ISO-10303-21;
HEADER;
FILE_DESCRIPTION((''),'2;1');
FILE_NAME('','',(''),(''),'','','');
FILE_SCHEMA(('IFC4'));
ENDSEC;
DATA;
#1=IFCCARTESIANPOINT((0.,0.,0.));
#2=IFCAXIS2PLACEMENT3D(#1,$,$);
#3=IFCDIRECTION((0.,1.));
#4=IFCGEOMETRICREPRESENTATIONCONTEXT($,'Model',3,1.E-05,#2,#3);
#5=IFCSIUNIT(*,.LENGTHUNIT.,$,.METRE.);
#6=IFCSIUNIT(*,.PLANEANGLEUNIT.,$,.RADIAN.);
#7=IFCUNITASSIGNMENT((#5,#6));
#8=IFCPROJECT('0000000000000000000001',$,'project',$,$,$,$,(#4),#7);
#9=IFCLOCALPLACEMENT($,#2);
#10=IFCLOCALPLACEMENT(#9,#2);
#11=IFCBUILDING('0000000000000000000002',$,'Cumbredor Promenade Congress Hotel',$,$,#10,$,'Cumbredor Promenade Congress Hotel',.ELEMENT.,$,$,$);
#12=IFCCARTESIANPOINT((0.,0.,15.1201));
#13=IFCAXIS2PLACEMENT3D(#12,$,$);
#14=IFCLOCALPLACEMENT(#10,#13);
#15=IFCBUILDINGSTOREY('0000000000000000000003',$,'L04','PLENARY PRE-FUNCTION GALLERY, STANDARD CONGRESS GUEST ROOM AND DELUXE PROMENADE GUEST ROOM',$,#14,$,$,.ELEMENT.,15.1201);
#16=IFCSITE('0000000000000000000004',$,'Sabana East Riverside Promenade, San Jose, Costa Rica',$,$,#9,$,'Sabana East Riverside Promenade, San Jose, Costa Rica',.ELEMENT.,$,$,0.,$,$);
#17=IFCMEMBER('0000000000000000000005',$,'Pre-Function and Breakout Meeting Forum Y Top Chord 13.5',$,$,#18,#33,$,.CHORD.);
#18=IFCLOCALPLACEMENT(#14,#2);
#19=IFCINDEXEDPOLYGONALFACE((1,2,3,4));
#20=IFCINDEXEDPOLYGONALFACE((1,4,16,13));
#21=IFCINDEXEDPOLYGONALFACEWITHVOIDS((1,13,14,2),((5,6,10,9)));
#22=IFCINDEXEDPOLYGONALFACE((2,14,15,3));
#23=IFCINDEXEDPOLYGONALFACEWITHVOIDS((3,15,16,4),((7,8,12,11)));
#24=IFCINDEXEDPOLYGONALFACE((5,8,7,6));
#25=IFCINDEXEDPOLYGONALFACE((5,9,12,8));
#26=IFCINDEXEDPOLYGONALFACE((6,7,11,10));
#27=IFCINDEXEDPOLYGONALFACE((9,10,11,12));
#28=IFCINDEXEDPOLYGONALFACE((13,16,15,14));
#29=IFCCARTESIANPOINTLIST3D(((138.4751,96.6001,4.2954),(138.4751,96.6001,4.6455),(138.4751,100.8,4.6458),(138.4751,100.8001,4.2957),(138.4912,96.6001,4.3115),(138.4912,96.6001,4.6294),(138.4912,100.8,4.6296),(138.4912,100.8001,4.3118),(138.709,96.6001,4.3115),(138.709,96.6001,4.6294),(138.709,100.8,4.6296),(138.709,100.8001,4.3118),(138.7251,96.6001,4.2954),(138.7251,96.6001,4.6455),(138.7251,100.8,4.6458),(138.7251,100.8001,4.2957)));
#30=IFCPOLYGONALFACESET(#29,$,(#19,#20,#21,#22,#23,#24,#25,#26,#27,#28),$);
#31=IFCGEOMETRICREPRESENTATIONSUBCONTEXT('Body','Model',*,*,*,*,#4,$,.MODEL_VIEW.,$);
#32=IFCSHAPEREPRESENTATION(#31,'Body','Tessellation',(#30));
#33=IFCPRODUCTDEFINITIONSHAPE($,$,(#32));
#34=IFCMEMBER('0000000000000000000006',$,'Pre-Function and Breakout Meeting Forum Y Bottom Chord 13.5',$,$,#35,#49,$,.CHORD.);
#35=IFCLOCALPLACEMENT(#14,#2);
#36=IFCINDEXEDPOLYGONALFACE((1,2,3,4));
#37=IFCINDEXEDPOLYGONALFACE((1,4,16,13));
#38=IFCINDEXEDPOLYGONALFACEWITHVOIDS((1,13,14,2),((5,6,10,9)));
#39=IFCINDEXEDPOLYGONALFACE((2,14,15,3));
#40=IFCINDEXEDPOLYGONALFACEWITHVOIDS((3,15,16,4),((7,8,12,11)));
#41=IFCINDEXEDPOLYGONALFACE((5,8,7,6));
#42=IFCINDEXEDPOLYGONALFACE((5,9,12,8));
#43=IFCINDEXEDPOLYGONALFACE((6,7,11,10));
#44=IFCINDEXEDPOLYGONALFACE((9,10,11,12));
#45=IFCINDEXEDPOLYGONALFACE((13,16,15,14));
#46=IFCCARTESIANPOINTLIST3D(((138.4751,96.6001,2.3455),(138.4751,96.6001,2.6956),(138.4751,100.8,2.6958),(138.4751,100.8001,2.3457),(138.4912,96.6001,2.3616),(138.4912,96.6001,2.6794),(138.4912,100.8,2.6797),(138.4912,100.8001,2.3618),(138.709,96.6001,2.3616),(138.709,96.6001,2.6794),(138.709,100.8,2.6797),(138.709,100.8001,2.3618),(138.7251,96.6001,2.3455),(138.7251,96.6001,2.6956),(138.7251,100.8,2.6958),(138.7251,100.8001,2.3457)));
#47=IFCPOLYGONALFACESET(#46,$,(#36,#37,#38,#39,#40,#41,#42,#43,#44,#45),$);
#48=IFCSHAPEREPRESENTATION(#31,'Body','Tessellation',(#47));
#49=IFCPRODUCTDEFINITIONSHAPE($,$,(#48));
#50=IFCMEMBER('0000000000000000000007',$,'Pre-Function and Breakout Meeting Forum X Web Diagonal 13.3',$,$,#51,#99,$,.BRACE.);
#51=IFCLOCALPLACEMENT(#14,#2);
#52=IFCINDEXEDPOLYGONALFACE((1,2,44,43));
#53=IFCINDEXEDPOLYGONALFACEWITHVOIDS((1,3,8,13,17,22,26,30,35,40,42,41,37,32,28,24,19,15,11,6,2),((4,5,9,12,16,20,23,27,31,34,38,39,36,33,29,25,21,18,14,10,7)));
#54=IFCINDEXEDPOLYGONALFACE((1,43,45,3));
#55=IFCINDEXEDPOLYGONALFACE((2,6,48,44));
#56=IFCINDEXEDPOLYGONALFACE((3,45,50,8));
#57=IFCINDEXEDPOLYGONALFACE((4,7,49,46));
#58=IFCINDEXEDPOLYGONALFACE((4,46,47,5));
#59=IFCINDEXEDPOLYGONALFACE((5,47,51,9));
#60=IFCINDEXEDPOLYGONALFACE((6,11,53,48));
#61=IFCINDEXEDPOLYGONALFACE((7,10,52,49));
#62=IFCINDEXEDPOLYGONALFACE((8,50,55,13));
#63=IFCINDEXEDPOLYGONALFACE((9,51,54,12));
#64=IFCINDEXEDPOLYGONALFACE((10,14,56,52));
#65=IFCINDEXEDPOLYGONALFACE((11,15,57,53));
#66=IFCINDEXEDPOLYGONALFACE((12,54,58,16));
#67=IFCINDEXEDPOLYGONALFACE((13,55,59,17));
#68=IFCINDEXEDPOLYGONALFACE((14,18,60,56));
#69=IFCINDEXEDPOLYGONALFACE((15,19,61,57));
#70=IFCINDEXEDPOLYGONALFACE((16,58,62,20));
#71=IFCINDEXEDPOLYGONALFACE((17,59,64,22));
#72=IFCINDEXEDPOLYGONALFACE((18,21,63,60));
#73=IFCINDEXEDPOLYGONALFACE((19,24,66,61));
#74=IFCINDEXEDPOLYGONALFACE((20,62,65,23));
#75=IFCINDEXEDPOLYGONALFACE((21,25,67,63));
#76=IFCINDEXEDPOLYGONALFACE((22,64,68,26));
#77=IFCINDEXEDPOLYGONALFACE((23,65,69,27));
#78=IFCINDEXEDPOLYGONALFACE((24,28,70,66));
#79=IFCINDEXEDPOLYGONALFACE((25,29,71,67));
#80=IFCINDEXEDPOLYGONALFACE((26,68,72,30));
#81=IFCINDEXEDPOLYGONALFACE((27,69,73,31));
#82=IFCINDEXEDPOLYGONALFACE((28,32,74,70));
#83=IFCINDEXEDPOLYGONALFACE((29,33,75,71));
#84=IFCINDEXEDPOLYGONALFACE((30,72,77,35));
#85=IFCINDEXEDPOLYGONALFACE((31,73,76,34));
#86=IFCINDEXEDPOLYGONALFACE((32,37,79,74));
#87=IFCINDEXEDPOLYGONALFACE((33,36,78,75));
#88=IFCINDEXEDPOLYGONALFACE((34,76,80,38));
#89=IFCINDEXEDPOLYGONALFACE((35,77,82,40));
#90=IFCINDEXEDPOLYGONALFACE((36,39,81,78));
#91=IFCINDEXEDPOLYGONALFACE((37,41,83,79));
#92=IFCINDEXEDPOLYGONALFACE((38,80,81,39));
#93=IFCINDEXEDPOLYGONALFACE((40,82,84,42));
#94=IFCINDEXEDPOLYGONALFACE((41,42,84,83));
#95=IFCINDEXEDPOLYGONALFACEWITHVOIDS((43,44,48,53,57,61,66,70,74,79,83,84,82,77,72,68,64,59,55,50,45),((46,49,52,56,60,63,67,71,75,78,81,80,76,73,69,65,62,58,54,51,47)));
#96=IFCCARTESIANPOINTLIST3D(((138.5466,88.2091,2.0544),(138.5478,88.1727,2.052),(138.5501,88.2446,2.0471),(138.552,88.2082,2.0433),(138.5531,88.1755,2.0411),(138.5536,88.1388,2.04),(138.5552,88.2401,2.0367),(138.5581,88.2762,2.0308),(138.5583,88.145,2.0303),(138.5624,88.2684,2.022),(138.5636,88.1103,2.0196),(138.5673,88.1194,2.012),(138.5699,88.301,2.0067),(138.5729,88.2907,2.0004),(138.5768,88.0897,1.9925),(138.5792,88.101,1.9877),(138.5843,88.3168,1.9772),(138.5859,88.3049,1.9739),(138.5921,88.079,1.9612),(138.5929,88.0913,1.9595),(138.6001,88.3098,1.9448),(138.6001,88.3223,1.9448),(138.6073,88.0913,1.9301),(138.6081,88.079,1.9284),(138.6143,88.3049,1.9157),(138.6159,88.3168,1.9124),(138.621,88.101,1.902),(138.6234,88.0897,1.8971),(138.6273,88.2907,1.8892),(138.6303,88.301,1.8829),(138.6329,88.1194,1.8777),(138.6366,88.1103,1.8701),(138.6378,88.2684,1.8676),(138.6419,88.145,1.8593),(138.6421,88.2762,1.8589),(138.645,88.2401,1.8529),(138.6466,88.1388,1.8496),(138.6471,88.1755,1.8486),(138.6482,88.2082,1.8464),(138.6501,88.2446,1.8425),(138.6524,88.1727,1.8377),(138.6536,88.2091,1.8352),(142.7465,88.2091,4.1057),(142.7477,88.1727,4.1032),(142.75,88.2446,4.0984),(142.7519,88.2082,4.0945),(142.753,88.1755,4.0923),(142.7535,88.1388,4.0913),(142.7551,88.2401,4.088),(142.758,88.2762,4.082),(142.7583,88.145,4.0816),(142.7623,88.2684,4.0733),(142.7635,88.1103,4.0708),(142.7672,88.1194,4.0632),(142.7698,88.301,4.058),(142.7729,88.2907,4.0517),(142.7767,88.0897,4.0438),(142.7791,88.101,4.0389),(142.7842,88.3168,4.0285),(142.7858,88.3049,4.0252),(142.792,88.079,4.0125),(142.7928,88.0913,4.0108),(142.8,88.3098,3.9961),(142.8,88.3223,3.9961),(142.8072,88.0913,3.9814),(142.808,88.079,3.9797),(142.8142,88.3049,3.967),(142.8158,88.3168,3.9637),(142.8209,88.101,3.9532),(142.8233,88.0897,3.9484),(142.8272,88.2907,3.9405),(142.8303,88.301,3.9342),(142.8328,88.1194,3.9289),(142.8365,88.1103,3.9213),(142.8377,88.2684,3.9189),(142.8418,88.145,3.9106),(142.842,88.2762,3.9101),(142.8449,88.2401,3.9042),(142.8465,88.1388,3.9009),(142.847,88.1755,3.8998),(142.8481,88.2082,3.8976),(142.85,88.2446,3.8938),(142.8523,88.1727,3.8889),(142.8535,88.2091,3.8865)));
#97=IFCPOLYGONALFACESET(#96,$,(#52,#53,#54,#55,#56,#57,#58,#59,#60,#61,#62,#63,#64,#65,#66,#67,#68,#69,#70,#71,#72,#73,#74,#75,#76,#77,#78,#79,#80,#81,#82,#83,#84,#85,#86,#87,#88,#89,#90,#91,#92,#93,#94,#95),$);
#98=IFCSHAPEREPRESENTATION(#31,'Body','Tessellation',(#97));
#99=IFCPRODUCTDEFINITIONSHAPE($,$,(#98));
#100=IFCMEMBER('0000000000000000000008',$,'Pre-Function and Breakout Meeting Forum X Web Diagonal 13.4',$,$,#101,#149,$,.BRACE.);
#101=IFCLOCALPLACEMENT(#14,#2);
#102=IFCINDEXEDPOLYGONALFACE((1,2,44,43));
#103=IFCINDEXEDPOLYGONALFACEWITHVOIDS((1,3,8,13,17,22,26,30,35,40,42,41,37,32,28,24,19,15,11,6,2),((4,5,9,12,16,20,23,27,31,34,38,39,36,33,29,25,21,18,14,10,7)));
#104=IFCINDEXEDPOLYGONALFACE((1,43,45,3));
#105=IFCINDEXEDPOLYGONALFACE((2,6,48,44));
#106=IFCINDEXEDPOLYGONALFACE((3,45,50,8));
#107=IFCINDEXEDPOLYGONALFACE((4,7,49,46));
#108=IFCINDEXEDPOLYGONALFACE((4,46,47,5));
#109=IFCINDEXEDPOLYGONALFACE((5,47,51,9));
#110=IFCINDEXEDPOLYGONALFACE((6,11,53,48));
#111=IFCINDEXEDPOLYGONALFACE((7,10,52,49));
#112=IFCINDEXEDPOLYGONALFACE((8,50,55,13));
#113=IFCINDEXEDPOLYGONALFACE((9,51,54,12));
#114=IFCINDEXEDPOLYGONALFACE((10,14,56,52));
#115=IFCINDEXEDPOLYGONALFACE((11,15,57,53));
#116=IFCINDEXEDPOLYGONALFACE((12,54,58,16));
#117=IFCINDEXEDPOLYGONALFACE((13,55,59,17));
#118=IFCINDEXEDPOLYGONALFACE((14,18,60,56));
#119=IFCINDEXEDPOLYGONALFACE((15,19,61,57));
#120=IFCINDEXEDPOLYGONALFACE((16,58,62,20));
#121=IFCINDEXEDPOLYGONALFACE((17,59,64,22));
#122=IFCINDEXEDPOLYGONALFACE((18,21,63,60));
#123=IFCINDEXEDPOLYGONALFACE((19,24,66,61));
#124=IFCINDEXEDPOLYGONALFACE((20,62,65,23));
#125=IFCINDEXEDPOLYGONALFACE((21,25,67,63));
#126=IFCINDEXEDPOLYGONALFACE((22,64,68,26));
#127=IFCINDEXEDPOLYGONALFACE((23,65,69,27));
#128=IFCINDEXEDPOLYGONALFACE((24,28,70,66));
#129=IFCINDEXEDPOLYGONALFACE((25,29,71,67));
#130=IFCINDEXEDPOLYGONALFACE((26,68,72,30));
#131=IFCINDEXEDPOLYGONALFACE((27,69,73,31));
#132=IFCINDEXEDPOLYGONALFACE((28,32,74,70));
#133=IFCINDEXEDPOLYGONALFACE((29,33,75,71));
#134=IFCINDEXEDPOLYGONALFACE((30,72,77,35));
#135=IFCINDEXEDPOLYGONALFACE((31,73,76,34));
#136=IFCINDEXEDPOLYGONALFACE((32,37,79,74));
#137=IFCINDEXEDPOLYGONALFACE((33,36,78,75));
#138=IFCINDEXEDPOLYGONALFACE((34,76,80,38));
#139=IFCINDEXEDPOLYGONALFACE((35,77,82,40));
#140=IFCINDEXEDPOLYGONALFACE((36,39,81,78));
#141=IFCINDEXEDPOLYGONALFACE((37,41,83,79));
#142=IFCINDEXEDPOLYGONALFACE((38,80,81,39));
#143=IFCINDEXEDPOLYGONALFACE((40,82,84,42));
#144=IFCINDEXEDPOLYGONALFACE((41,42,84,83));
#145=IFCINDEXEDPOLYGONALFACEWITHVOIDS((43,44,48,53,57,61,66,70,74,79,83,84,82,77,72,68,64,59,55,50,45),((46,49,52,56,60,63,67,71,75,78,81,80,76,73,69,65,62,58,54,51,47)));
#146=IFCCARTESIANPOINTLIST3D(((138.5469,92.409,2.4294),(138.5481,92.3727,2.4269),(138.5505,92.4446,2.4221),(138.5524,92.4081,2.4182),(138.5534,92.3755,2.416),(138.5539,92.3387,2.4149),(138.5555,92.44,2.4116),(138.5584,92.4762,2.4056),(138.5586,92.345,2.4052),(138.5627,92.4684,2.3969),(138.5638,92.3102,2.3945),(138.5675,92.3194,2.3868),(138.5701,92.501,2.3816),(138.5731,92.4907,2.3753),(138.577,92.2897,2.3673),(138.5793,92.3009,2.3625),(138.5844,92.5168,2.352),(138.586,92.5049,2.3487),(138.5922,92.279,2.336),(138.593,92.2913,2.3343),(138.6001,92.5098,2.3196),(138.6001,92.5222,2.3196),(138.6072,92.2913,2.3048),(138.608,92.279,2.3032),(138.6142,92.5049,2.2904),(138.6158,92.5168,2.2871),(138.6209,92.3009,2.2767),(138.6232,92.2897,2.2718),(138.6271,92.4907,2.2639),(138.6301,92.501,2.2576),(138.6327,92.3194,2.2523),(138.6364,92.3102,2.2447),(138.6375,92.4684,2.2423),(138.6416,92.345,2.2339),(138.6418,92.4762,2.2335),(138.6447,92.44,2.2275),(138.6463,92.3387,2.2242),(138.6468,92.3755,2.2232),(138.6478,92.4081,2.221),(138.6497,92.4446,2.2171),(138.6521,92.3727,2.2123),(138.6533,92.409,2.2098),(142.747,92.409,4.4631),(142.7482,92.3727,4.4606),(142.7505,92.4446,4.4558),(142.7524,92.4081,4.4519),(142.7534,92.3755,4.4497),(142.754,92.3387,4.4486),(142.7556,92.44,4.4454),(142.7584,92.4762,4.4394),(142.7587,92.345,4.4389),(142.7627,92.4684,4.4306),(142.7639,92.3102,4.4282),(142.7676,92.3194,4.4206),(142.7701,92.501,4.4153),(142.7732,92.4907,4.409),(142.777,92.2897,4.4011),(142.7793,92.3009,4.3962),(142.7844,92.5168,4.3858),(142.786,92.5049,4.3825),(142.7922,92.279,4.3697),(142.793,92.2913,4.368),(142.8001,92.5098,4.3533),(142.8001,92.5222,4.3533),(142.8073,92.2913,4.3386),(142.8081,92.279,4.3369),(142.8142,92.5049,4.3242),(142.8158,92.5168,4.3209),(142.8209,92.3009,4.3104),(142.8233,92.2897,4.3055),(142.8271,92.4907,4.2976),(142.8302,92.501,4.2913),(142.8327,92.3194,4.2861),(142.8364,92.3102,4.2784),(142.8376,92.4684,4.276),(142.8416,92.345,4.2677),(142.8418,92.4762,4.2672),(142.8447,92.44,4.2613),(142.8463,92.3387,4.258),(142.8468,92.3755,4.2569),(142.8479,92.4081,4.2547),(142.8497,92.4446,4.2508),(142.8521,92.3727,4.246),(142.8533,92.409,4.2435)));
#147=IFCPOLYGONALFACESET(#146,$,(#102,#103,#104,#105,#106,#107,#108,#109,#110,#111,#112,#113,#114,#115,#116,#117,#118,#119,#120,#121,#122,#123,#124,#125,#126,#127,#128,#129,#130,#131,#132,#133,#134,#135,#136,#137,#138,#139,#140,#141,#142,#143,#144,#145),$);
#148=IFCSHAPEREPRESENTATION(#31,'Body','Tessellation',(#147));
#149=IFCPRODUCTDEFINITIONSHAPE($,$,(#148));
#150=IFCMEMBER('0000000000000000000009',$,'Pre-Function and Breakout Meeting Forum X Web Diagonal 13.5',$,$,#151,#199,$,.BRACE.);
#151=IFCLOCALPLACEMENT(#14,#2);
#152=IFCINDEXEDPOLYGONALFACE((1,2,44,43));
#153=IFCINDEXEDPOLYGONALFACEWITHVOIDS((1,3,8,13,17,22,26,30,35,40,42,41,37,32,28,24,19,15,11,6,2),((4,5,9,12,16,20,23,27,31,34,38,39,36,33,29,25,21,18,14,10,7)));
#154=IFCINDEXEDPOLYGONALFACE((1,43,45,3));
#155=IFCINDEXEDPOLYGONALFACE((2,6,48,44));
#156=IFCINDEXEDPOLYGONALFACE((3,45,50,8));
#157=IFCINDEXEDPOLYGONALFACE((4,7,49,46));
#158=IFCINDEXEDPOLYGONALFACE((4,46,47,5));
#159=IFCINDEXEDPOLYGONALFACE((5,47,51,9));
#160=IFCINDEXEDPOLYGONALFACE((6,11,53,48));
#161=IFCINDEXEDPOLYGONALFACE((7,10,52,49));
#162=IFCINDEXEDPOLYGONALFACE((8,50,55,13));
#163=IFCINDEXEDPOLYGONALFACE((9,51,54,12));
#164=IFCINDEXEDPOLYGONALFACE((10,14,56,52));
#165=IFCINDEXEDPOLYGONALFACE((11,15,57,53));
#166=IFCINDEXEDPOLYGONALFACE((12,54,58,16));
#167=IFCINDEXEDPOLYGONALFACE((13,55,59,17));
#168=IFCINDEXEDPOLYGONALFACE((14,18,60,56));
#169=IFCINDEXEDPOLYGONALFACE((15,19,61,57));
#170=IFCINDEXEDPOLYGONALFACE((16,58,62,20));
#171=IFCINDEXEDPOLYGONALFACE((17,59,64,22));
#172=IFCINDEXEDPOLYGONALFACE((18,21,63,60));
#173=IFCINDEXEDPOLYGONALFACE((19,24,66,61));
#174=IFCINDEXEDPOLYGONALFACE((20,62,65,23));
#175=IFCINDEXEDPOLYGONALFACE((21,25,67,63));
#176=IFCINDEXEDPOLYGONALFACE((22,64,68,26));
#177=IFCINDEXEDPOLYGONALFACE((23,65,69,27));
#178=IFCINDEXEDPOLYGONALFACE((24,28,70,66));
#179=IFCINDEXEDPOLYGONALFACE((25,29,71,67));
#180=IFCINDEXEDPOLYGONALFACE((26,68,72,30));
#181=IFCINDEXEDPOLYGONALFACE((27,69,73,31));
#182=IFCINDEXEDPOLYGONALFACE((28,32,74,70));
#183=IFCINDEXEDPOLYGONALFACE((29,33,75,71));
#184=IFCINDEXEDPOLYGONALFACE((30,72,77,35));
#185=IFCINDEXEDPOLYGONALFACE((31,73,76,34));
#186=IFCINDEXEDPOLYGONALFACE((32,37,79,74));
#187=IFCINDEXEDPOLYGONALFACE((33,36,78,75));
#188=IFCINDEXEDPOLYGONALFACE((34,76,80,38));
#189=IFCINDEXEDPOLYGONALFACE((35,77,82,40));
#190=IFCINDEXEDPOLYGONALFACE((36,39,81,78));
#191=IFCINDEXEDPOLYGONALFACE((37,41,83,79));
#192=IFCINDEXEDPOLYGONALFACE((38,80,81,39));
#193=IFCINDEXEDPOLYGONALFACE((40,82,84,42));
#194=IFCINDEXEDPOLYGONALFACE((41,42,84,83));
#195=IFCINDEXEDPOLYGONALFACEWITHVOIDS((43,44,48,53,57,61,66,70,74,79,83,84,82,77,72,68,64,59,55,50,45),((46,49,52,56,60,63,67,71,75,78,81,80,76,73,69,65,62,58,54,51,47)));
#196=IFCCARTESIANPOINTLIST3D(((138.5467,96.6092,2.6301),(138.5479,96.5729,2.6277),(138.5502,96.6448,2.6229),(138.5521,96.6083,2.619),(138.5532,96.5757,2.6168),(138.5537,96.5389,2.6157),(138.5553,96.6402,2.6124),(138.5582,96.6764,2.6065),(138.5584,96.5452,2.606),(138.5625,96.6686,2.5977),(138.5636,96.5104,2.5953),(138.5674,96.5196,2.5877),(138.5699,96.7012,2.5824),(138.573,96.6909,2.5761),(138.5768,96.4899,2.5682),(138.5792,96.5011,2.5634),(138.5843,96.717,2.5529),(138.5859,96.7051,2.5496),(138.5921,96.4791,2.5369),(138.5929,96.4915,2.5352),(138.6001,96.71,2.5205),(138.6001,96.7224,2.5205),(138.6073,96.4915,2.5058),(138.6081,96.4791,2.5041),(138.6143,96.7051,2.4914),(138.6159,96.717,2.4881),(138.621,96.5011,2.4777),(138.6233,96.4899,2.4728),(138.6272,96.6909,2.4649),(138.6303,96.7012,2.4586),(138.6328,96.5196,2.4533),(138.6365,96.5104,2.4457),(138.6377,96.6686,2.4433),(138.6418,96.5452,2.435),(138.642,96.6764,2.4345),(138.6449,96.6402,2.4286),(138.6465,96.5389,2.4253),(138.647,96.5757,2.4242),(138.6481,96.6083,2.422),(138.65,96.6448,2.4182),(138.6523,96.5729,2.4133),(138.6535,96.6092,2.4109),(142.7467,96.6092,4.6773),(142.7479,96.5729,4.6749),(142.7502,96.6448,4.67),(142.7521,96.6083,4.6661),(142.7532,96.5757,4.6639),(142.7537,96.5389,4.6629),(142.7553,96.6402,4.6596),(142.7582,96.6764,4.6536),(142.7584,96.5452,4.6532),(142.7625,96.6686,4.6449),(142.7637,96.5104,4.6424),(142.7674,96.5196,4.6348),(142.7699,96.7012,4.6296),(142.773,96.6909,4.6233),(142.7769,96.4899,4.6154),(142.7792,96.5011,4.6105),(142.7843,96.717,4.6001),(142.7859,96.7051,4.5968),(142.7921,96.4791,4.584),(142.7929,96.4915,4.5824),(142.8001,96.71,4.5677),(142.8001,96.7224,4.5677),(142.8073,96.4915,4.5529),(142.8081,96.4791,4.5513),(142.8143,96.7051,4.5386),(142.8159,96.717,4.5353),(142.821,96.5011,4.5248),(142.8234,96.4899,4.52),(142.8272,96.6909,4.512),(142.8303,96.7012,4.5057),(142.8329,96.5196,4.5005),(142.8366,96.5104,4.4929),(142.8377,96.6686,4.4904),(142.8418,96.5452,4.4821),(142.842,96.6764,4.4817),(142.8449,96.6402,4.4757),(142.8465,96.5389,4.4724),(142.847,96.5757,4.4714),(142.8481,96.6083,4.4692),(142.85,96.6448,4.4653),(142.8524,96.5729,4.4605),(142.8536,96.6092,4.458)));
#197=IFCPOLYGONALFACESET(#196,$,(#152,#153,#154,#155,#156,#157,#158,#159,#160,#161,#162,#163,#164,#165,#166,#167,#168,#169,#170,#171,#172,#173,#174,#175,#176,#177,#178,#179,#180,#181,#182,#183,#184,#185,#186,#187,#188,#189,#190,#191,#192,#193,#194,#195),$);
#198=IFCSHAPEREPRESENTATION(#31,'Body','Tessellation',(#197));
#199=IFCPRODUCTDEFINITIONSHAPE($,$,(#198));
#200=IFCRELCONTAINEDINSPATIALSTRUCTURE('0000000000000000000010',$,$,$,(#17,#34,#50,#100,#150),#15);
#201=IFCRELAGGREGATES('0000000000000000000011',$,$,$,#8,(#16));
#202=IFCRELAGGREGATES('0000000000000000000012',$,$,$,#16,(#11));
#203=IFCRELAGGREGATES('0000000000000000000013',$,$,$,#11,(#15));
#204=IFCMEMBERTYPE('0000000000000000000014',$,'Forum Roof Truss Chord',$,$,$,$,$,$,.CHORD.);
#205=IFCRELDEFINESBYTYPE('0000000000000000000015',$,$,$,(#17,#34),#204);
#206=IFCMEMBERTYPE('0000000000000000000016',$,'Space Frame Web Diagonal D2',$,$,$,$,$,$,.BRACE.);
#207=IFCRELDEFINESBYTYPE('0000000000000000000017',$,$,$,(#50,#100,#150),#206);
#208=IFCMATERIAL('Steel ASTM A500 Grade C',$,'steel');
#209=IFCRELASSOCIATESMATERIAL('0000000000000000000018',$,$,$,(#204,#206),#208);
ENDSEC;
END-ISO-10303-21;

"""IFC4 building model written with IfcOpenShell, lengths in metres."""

from ifc_helpers import new_model, si_unit, direction, frame, origin, origin_2d, place, context, subcontext, project, spatial, hollow_rectangle, hollow_circle, extrude, material, material_profile, profile_set, type_object, element, save


model = new_model("IFC4")

# Units and contexts
model_context = context("Model", 3, precision=1e-05, world=origin(), true_north=direction((0.0, 1.0)))
body_context = subcontext(model_context, "Body", "Model", "MODEL_VIEW")
ifc_project = project(units=[si_unit("LENGTHUNIT", "METRE"), si_unit("PLANEANGLEUNIT", "RADIAN")], contexts=[model_context])

# Site, building, storey
site_placement = place(None, origin())
site = spatial("IfcSite", under=ifc_project, at=site_placement, Name="Sabana East Riverside Promenade, San Jose, Costa Rica", LongName="Sabana East Riverside Promenade, San Jose, Costa Rica", CompositionType="ELEMENT", RefElevation=0.0)
building_placement = place(site_placement, origin())
building = spatial("IfcBuilding", under=site, at=building_placement, Name="Cumbredor Promenade Congress Hotel", LongName="Cumbredor Promenade Congress Hotel", CompositionType="ELEMENT")
storey_placement = place(building_placement, frame((0.0, 0.0, 15.1201)))
storey = spatial("IfcBuildingStorey", under=building, at=storey_placement, Name="L04", Description="PLENARY PRE-FUNCTION GALLERY, STANDARD CONGRESS GUEST ROOM AND DELUXE PROMENADE GUEST ROOM", CompositionType="ELEMENT", Elevation=15.1201)

# Members
ifc_material_1 = material(Name="Steel ASTM A500 Grade C", Category="steel")
ifc_material_profile_1 = material_profile(ifc_material_1, hollow_rectangle(XDim=0.25, YDim=0.3501, WallThickness=0.0161, at=origin_2d()), Name="HSS 350x250x16")
ifc_profile_set_1 = profile_set([ifc_material_profile_1], Name="Steel ASTM A500 Grade C")
member_type_1 = type_object("IfcMemberType", Name="Forum Roof Truss Chord", PredefinedType="CHORD", material=ifc_profile_set_1)
for number, where, z_axis, x_axis, name in (
    (1, (138.6001, 96.6001, 4.4705), (0.0, 1.0, 0.000058), (-1.0, 0.0, 0.0), "Pre-Function and Breakout Meeting Forum Y Top Chord 13.5"),
    (2, (138.6001, 96.6001, 2.5205), (0.0, 1.0, 0.000058), (-1.0, 0.0, 0.0), "Pre-Function and Breakout Meeting Forum Y Bottom Chord 13.5"),
):
    element("IfcMember", number, at=place(storey_placement, frame(where, z_axis=z_axis, x_axis=x_axis)), inside=storey, type_object=member_type_1, Name=name, PredefinedType="CHORD", context=body_context, shape_type="SweptSolid", body=[
        extrude(hollow_rectangle(XDim=0.25, YDim=0.3501, WallThickness=0.0161, at=origin_2d()), origin(), (0.0, 0.0, 1.0), 4.2),
    ])
ifc_material_profile_2 = material_profile(ifc_material_1, hollow_circle(Radius=0.1223, WallThickness=0.0125, at=origin_2d()), Name="CHS 244.5x12.5")
ifc_profile_set_2 = profile_set([ifc_material_profile_2], Name="Steel ASTM A500 Grade C")
member_type_2 = type_object("IfcMemberType", Name="Space Frame Web Diagonal D2", PredefinedType="BRACE", material=ifc_profile_set_2)
member_1_placement = place(storey_placement, frame((138.6001, 88.2, 1.9448), z_axis=(0.898556, 0.0, 0.438858), x_axis=(0.0, 1.0, 0.0)))
element("IfcMember", 3, at=member_1_placement, inside=storey, type_object=member_type_2, Name="Pre-Function and Breakout Meeting Forum X Web Diagonal 13.3", PredefinedType="BRACE", context=body_context, shape_type="SweptSolid", body=[
    extrude(hollow_circle(Radius=0.1223, WallThickness=0.0125, at=origin_2d()), origin(), (0.0, 0.0, 1.0), 4.6741),
])
member_2_placement = place(storey_placement, frame((138.6001, 92.3999, 2.3196), z_axis=(0.900037, 0.0, 0.435814), x_axis=(0.0, 1.0, 0.0)))
element("IfcMember", 4, at=member_2_placement, inside=storey, type_object=member_type_2, Name="Pre-Function and Breakout Meeting Forum X Web Diagonal 13.4", PredefinedType="BRACE", context=body_context, shape_type="SweptSolid", body=[
    extrude(hollow_circle(Radius=0.1223, WallThickness=0.0125, at=origin_2d()), origin(), (0.0, 0.0, 1.0), 4.6665),
])
member_3_placement = place(storey_placement, frame((138.6001, 96.6001, 2.5205), z_axis=(0.898907, 0.0, 0.438141), x_axis=(0.0, 1.0, 0.0)))
element("IfcMember", 5, at=member_3_placement, inside=storey, type_object=member_type_2, Name="Pre-Function and Breakout Meeting Forum X Web Diagonal 13.5", PredefinedType="BRACE", context=body_context, shape_type="SweptSolid", body=[
    extrude(hollow_circle(Radius=0.1223, WallThickness=0.0125, at=origin_2d()), origin(), (0.0, 0.0, 1.0), 4.6724),
])

save(model, "model.ifc")
